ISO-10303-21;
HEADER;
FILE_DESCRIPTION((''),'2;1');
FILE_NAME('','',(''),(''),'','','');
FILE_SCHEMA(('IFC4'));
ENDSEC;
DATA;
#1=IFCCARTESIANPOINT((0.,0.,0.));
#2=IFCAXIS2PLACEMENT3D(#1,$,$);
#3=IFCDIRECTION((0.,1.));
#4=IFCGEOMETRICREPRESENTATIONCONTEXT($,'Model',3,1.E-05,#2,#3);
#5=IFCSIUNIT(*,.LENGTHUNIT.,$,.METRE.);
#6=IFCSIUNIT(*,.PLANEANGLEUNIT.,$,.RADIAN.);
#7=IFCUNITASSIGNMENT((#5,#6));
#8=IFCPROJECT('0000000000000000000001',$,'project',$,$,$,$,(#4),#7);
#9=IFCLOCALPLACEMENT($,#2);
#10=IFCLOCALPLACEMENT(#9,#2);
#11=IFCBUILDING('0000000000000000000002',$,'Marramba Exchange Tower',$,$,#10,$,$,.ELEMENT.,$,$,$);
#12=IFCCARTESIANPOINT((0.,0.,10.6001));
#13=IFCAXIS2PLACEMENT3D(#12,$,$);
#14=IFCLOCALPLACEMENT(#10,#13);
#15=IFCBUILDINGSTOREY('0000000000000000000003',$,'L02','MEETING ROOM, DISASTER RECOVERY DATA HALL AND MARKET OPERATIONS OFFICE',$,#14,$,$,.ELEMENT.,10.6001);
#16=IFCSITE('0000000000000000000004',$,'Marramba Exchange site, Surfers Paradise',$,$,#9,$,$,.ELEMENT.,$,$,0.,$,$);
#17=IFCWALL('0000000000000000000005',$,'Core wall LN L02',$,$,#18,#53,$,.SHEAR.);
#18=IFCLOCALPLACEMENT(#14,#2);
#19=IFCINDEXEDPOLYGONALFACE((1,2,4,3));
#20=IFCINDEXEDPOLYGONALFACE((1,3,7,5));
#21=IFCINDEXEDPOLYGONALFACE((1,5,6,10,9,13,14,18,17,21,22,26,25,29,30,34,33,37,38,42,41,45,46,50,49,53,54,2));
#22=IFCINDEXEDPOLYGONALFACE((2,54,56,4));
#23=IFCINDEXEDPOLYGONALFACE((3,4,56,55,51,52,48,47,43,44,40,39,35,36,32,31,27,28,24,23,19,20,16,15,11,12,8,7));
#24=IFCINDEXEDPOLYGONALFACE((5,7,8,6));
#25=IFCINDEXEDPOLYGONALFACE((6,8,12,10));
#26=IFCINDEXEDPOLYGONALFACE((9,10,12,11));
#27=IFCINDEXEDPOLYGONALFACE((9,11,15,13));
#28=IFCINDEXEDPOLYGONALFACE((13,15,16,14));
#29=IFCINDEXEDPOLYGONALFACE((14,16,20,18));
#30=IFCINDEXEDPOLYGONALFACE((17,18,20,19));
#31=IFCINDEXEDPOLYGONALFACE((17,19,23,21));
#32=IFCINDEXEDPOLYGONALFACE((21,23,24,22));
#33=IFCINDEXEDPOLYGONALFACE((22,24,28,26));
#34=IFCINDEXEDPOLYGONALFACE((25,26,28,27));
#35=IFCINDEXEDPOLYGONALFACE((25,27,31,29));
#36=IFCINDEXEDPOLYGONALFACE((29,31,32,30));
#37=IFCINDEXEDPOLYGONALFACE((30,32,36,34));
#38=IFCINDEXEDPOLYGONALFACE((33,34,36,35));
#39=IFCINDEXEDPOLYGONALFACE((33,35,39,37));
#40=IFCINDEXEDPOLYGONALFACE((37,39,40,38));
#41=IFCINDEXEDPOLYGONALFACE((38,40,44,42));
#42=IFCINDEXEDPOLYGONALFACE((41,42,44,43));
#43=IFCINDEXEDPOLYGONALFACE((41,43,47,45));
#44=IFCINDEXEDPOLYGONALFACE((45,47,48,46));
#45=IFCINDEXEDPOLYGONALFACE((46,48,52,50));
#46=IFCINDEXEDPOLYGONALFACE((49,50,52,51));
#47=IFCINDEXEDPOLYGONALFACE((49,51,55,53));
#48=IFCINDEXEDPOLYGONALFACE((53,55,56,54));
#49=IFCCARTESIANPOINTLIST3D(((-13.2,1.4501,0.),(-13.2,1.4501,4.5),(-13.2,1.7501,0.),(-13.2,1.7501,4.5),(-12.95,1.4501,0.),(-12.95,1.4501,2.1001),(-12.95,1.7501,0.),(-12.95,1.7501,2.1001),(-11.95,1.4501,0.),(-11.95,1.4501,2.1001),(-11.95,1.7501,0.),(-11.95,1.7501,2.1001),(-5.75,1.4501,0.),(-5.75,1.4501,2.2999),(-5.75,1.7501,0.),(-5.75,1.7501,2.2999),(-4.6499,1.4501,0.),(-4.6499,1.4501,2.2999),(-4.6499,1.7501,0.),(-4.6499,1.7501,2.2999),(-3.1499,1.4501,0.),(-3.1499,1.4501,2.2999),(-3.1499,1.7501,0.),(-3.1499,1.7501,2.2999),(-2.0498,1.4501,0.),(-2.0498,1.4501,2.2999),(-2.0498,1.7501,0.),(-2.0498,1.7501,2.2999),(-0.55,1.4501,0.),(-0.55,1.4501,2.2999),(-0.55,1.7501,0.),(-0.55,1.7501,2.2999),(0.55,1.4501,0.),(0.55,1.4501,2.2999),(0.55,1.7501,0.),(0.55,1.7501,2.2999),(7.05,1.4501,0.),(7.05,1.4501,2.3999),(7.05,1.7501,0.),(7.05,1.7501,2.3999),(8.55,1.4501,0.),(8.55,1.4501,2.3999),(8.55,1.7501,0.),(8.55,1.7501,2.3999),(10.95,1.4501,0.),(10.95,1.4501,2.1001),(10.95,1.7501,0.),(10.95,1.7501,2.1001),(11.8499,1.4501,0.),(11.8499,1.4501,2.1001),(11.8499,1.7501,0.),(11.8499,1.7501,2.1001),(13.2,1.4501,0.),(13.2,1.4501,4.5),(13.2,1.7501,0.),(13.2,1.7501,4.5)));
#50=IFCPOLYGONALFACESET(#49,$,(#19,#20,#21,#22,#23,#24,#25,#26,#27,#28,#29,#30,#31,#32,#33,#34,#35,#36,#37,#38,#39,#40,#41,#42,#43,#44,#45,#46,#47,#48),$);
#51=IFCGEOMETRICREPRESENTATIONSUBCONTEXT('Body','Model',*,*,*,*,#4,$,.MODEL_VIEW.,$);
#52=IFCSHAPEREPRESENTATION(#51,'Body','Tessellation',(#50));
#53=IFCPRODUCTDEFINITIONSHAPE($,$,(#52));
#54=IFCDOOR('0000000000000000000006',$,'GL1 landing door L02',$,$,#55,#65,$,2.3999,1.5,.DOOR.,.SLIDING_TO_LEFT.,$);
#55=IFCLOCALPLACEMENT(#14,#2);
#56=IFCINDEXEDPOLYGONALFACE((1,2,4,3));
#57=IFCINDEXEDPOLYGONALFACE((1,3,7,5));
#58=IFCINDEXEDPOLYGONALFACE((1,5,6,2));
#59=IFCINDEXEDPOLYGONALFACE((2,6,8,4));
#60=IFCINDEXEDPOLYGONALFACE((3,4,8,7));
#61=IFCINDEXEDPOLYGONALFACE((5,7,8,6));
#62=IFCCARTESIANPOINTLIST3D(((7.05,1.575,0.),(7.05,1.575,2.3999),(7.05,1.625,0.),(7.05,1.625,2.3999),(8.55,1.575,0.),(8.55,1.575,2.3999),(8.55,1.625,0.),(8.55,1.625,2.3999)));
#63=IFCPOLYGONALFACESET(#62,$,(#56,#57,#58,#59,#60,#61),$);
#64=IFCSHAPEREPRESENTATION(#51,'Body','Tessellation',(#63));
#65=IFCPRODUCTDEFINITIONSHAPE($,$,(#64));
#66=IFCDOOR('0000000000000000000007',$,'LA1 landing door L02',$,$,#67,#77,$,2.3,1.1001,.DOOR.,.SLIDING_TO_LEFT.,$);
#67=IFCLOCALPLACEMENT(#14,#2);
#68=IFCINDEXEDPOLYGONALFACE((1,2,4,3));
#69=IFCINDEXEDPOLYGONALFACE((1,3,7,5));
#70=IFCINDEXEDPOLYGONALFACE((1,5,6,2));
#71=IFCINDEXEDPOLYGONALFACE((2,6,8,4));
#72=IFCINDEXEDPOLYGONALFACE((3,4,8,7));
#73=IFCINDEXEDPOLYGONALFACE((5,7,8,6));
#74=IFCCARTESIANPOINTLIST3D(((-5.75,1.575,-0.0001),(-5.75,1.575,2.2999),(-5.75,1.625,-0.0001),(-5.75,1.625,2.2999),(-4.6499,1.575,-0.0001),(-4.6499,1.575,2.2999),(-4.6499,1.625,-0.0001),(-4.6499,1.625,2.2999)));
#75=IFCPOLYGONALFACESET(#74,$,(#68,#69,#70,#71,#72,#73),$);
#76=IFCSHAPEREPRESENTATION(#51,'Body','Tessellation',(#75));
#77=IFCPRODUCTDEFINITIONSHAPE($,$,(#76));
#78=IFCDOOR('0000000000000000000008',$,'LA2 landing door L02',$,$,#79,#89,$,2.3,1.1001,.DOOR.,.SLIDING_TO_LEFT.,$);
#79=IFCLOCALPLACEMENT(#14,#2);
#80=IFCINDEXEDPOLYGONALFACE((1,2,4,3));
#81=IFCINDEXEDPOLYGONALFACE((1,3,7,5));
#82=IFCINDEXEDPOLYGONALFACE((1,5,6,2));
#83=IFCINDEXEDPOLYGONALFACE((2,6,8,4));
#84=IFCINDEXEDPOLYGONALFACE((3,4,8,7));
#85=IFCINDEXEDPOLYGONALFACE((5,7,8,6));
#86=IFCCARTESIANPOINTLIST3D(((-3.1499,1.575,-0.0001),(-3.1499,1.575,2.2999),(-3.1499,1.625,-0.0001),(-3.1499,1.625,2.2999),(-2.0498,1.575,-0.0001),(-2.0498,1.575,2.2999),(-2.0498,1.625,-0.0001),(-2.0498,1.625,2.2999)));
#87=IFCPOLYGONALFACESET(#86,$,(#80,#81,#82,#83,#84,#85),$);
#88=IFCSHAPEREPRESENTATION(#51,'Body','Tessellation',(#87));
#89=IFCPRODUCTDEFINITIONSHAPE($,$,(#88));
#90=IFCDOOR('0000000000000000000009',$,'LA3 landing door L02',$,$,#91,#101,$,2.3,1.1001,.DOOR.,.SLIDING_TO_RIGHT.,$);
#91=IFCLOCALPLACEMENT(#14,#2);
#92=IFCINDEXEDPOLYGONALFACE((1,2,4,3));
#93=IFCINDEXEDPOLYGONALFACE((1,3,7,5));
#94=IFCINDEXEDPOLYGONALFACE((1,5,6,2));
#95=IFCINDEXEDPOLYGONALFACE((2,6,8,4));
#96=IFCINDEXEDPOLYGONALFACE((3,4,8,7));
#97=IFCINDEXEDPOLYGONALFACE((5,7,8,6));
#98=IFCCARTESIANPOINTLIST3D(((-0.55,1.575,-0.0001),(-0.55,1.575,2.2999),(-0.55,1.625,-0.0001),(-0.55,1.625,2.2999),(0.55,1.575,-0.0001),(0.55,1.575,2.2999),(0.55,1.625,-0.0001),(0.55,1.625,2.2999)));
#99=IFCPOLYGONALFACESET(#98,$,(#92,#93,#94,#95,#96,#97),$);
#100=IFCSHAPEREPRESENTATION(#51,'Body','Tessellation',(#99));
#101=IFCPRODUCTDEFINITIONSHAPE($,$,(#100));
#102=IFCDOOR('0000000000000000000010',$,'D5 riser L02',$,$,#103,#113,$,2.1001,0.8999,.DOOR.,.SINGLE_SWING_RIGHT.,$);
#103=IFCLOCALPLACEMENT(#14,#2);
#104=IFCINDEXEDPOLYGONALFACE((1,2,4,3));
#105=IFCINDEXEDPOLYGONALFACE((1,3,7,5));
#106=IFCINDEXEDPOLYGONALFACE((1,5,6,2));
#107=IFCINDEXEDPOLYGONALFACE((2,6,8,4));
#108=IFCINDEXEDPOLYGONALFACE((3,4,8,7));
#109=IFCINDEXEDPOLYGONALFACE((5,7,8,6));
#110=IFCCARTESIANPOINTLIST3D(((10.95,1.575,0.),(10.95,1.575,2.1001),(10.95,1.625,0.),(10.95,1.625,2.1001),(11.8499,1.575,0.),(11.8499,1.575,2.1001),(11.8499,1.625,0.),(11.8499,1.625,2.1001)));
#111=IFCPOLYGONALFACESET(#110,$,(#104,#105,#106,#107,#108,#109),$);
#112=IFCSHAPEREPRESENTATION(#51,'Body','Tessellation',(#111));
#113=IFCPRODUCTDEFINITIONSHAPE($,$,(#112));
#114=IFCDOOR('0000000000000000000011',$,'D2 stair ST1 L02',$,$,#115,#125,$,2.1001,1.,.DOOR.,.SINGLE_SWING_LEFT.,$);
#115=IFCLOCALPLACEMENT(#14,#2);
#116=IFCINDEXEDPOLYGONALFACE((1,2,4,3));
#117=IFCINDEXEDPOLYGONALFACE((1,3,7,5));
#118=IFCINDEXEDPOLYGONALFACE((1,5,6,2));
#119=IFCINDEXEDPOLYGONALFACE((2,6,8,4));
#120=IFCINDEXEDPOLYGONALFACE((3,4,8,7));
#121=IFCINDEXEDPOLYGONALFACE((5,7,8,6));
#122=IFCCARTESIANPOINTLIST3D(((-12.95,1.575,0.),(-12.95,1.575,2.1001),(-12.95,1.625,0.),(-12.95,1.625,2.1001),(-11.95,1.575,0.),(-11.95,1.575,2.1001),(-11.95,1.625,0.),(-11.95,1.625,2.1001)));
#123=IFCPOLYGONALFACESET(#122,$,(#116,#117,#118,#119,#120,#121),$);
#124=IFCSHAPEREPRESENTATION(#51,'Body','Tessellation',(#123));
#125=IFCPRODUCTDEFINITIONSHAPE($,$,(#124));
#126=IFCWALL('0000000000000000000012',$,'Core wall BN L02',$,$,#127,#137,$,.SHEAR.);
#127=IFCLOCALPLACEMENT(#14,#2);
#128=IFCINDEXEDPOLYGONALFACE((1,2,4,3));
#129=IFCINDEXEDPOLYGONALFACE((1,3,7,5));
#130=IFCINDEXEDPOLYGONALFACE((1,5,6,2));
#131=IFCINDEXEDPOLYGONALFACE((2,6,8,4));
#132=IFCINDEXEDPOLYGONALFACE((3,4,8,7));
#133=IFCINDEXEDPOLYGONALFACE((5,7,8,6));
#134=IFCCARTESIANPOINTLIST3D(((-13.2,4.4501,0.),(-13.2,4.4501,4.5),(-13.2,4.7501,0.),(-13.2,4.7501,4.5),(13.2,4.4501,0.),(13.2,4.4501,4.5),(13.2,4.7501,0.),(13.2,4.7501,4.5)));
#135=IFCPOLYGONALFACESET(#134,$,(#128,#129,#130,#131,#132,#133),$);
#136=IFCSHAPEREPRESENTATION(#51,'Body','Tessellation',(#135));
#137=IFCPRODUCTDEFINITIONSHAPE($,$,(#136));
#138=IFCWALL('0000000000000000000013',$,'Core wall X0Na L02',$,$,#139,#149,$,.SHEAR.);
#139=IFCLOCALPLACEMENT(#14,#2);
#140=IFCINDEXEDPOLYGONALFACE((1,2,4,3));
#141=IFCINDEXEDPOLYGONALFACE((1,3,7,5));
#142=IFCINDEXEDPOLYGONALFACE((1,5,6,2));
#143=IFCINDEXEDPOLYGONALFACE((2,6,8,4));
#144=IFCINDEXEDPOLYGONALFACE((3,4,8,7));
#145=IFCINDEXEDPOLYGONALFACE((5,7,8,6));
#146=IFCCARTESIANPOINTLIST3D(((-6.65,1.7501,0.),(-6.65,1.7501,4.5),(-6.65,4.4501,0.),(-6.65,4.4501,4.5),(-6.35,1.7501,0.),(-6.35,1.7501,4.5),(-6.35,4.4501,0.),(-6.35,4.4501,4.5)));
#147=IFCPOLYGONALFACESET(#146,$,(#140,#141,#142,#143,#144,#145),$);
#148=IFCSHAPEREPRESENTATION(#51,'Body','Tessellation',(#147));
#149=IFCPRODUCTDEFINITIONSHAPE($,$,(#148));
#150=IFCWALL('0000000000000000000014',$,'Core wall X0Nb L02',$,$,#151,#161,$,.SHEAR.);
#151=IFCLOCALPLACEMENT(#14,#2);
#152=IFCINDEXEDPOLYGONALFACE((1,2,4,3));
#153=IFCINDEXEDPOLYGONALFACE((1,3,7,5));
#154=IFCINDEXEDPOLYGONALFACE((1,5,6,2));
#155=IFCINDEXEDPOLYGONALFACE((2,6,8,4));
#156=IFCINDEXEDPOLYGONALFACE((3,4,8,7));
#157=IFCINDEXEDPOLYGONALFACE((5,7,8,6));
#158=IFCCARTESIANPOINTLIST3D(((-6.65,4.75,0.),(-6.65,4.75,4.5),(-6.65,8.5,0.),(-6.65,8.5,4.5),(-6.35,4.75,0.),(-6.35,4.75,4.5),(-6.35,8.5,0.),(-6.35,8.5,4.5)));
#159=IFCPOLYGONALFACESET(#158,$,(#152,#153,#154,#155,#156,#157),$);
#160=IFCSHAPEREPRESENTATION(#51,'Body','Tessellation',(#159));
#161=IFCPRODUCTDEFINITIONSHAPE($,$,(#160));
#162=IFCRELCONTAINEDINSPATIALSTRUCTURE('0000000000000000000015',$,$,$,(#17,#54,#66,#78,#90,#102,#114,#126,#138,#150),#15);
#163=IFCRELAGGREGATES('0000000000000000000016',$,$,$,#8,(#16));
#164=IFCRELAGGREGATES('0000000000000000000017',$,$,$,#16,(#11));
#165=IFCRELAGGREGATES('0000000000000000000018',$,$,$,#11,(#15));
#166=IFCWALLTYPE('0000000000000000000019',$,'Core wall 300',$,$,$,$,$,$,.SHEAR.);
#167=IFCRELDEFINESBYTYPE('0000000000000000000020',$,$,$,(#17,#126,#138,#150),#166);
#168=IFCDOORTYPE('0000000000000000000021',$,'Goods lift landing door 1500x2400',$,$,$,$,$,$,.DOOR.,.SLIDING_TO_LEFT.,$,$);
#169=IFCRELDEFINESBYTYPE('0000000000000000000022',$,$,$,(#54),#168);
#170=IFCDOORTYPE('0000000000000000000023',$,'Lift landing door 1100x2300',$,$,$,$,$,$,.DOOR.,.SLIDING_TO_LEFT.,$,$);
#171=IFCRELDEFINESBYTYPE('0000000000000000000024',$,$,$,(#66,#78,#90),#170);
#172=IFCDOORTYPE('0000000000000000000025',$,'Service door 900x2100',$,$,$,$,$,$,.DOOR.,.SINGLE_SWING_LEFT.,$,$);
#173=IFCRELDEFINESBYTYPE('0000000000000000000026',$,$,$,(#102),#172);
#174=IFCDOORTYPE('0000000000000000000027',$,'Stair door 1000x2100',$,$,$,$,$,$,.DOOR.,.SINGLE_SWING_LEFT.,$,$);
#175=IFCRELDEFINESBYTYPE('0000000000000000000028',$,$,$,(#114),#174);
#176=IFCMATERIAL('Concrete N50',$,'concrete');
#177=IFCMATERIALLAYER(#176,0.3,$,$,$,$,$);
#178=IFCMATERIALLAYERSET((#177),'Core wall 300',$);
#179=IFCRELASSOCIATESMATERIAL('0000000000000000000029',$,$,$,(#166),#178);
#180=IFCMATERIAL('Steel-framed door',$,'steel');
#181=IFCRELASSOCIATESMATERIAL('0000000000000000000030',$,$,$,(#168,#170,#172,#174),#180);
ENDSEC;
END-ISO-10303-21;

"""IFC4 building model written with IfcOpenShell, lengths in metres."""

from ifc_helpers import new_model, si_unit, direction, frame, frame_2d, origin, place, context, subcontext, project, spatial, rectangle, extrude, material, layer, layer_set, type_object, element, fill, save


model = new_model("IFC4")

# Units and contexts
model_context = context("Model", 3, precision=1e-05, world=origin(), true_north=direction((0.0, 1.0)))
body_context = subcontext(model_context, "Body", "Model", "MODEL_VIEW")
ifc_project = project(units=[si_unit("LENGTHUNIT", "METRE"), si_unit("PLANEANGLEUNIT", "RADIAN")], contexts=[model_context])

# Site, building, storey
site_placement = place(None, origin())
site = spatial("IfcSite", under=ifc_project, at=site_placement, Name="Marramba Exchange site, Surfers Paradise", CompositionType="ELEMENT", RefElevation=0.0)
building_placement = place(site_placement, origin())
building = spatial("IfcBuilding", under=site, at=building_placement, Name="Marramba Exchange Tower", CompositionType="ELEMENT")
storey_placement = place(building_placement, frame((0.0, 0.0, 10.6001)))
storey = spatial("IfcBuildingStorey", under=building, at=storey_placement, Name="L02", Description="MEETING ROOM, DISASTER RECOVERY DATA HALL AND MARKET OPERATIONS OFFICE", CompositionType="ELEMENT", Elevation=10.6001)

# Shared definitions
ifc_material_1 = material(Name="Concrete N50", Category="concrete")

# Shared definitions
ifc_material_2 = material(Name="Steel-framed door", Category="steel")

# Wall, openings, doors
ifc_layer_1 = layer(ifc_material_1, 0.3)
ifc_layer_set_1 = layer_set([ifc_layer_1], Name="Core wall 300")
wall_type_1 = type_object("IfcWallType", Name="Core wall 300", PredefinedType="SHEAR", material=ifc_layer_set_1)
wall_1_placement = place(storey_placement, frame((-13.2, 1.6001, 0.0), z_axis=(0.0, 0.0, 1.0), x_axis=(1.0, 0.0, 0.0)))
wall_1 = element("IfcWall", 1, at=wall_1_placement, inside=storey, type_object=wall_type_1, Name="Core wall LN L02", PredefinedType="SHEAR", context=body_context, shape_type="SweptSolid", body=[
    extrude(rectangle(XDim=26.3999, YDim=0.3, at=frame_2d((13.2, 0.0))), origin(), (0.0, 0.0, 1.0), 4.5),
])
opening_1_placement = place(wall_1_placement, frame((0.25, 0.0, 0.0)))
opening_1 = element("IfcOpeningElement", 2, at=opening_1_placement, cuts=wall_1, PredefinedType="OPENING", context=body_context, shape_type="SweptSolid", body=[
    extrude(rectangle(XDim=1.0, YDim=2.1001, at=frame_2d((0.5, 1.05))), frame((0.0, 0.1599, 0.0), z_axis=(0.0, -1.0, 0.0), x_axis=(1.0, 0.0, 0.0)), (0.0, 0.0, 1.0), 0.3201),
])
opening_2_placement = place(wall_1_placement, frame((20.25, 0.0, 0.0)))
opening_2 = element("IfcOpeningElement", 3, at=opening_2_placement, cuts=wall_1, PredefinedType="OPENING", context=body_context, shape_type="SweptSolid", body=[
    extrude(rectangle(XDim=1.5, YDim=2.3999, at=frame_2d((0.75, 1.2))), frame((0.0, 0.1599, 0.0), z_axis=(0.0, -1.0, 0.0), x_axis=(1.0, 0.0, 0.0)), (0.0, 0.0, 1.0), 0.3201),
])
opening_3_placement = place(wall_1_placement, frame((7.45, 0.0, 0.0)))
opening_3 = element("IfcOpeningElement", 4, at=opening_3_placement, cuts=wall_1, PredefinedType="OPENING", context=body_context, shape_type="SweptSolid", body=[
    extrude(rectangle(XDim=1.1001, YDim=2.3, at=frame_2d((0.55, 1.1499))), frame((0.0, 0.1599, 0.0), z_axis=(0.0, -1.0, 0.0), x_axis=(1.0, 0.0, 0.0)), (0.0, 0.0, 1.0), 0.3201),
])
opening_4_placement = place(wall_1_placement, frame((10.05, 0.0, 0.0)))
opening_4 = element("IfcOpeningElement", 5, at=opening_4_placement, cuts=wall_1, PredefinedType="OPENING", context=body_context, shape_type="SweptSolid", body=[
    extrude(rectangle(XDim=1.1001, YDim=2.3, at=frame_2d((0.55, 1.1499))), frame((0.0, 0.1599, 0.0), z_axis=(0.0, -1.0, 0.0), x_axis=(1.0, 0.0, 0.0)), (0.0, 0.0, 1.0), 0.3201),
])
opening_5_placement = place(wall_1_placement, frame((12.6499, 0.0, 0.0)))
opening_5 = element("IfcOpeningElement", 6, at=opening_5_placement, cuts=wall_1, PredefinedType="OPENING", context=body_context, shape_type="SweptSolid", body=[
    extrude(rectangle(XDim=1.1001, YDim=2.3, at=frame_2d((0.55, 1.1499))), frame((0.0, 0.1599, 0.0), z_axis=(0.0, -1.0, 0.0), x_axis=(1.0, 0.0, 0.0)), (0.0, 0.0, 1.0), 0.3201),
])
opening_6_placement = place(wall_1_placement, frame((24.1499, 0.0, 0.0)))
opening_6 = element("IfcOpeningElement", 7, at=opening_6_placement, cuts=wall_1, PredefinedType="OPENING", context=body_context, shape_type="SweptSolid", body=[
    extrude(rectangle(XDim=0.8999, YDim=2.1001, at=frame_2d((0.45, 1.05))), frame((0.0, 0.1599, 0.0), z_axis=(0.0, -1.0, 0.0), x_axis=(1.0, 0.0, 0.0)), (0.0, 0.0, 1.0), 0.3201),
])
door_type_1 = type_object("IfcDoorType", Name="Goods lift landing door 1500x2400", OperationType="SLIDING_TO_LEFT", PredefinedType="DOOR", material=ifc_material_2)
door_1_placement = place(opening_2_placement, origin())
door_1 = element("IfcDoor", 8, at=door_1_placement, inside=storey, type_object=door_type_1, Name="GL1 landing door L02", OperationType="SLIDING_TO_LEFT", OverallHeight=2.3999, OverallWidth=1.5, PredefinedType="DOOR", context=body_context, shape_type="SweptSolid", body=[
    extrude(rectangle(XDim=1.5, YDim=2.3999, at=frame_2d((0.75, 1.2))), frame((0.0, 0.0249, 0.0), z_axis=(0.0, -1.0, 0.0), x_axis=(1.0, 0.0, 0.0)), (0.0, 0.0, 1.0), 0.05),
])
fill(opening_2, door_1)
door_type_2 = type_object("IfcDoorType", Name="Lift landing door 1100x2300", OperationType="SLIDING_TO_LEFT", PredefinedType="DOOR", material=ifc_material_2)
door_2_placement = place(opening_3_placement, origin())
door_2 = element("IfcDoor", 9, at=door_2_placement, inside=storey, type_object=door_type_2, Name="LA1 landing door L02", OperationType="SLIDING_TO_LEFT", OverallHeight=2.3, OverallWidth=1.1001, PredefinedType="DOOR", context=body_context, shape_type="SweptSolid", body=[
    extrude(rectangle(XDim=1.1001, YDim=2.3, at=frame_2d((0.55, 1.1499))), frame((0.0, 0.0249, 0.0), z_axis=(0.0, -1.0, 0.0), x_axis=(1.0, 0.0, 0.0)), (0.0, 0.0, 1.0), 0.05),
])
fill(opening_3, door_2)
door_3_placement = place(opening_4_placement, origin())
door_3 = element("IfcDoor", 10, at=door_3_placement, inside=storey, type_object=door_type_2, Name="LA2 landing door L02", OperationType="SLIDING_TO_LEFT", OverallHeight=2.3, OverallWidth=1.1001, PredefinedType="DOOR", context=body_context, shape_type="SweptSolid", body=[
    extrude(rectangle(XDim=1.1001, YDim=2.3, at=frame_2d((0.55, 1.1499))), frame((0.0, 0.0249, 0.0), z_axis=(0.0, -1.0, 0.0), x_axis=(1.0, 0.0, 0.0)), (0.0, 0.0, 1.0), 0.05),
])
fill(opening_4, door_3)
door_4_placement = place(opening_5_placement, origin())
door_4 = element("IfcDoor", 11, at=door_4_placement, inside=storey, type_object=door_type_2, Name="LA3 landing door L02", OperationType="SLIDING_TO_RIGHT", OverallHeight=2.3, OverallWidth=1.1001, PredefinedType="DOOR", context=body_context, shape_type="SweptSolid", body=[
    extrude(rectangle(XDim=1.1001, YDim=2.3, at=frame_2d((0.55, 1.1499))), frame((0.0, 0.0249, 0.0), z_axis=(0.0, -1.0, 0.0), x_axis=(1.0, 0.0, 0.0)), (0.0, 0.0, 1.0), 0.05),
])
fill(opening_5, door_4)
door_type_3 = type_object("IfcDoorType", Name="Service door 900x2100", OperationType="SINGLE_SWING_LEFT", PredefinedType="DOOR", material=ifc_material_2)
door_5_placement = place(opening_6_placement, origin())
door_5 = element("IfcDoor", 12, at=door_5_placement, inside=storey, type_object=door_type_3, Name="D5 riser L02", OperationType="SINGLE_SWING_RIGHT", OverallHeight=2.1001, OverallWidth=0.8999, PredefinedType="DOOR", context=body_context, shape_type="SweptSolid", body=[
    extrude(rectangle(XDim=0.8999, YDim=2.1001, at=frame_2d((0.45, 1.05))), frame((0.0, 0.0249, 0.0), z_axis=(0.0, -1.0, 0.0), x_axis=(1.0, 0.0, 0.0)), (0.0, 0.0, 1.0), 0.05),
])
fill(opening_6, door_5)
door_type_4 = type_object("IfcDoorType", Name="Stair door 1000x2100", OperationType="SINGLE_SWING_LEFT", PredefinedType="DOOR", material=ifc_material_2)
door_6_placement = place(opening_1_placement, origin())
door_6 = element("IfcDoor", 13, at=door_6_placement, inside=storey, type_object=door_type_4, Name="D2 stair ST1 L02", OperationType="SINGLE_SWING_LEFT", OverallHeight=2.1001, OverallWidth=1.0, PredefinedType="DOOR", context=body_context, shape_type="SweptSolid", body=[
    extrude(rectangle(XDim=1.0, YDim=2.1001, at=frame_2d((0.5, 1.05))), frame((0.0, 0.0249, 0.0), z_axis=(0.0, -1.0, 0.0), x_axis=(1.0, 0.0, 0.0)), (0.0, 0.0, 1.0), 0.05),
])
fill(opening_1, door_6)

# Walls
wall_2_placement = place(storey_placement, frame((-13.2, 4.6001, 0.0), z_axis=(0.0, 0.0, 1.0), x_axis=(1.0, 0.0, 0.0)))
element("IfcWall", 14, at=wall_2_placement, inside=storey, type_object=wall_type_1, Name="Core wall BN L02", PredefinedType="SHEAR", context=body_context, shape_type="SweptSolid", body=[
    extrude(rectangle(XDim=26.3999, YDim=0.3, at=frame_2d((13.2, 0.0))), origin(), (0.0, 0.0, 1.0), 4.5),
])
wall_3_placement = place(storey_placement, frame((-6.5, 1.75, 0.0), z_axis=(0.0, 0.0, 1.0), x_axis=(0.0, 1.0, 0.0)))
element("IfcWall", 15, at=wall_3_placement, inside=storey, type_object=wall_type_1, Name="Core wall X0Na L02", PredefinedType="SHEAR", context=body_context, shape_type="SweptSolid", body=[
    extrude(rectangle(XDim=2.7, YDim=0.3, at=frame_2d((1.3501, 0.0))), origin(), (0.0, 0.0, 1.0), 4.5),
])
for number, where, z_axis, x_axis, name in (
    (16, (-6.5, 4.75, 0.0), (0.0, 0.0, 1.0), (0.0, 1.0, 0.0), "Core wall X0Nb L02"),
):
    element("IfcWall", number, at=place(storey_placement, frame(where, z_axis=z_axis, x_axis=x_axis)), inside=storey, type_object=wall_type_1, Name=name, PredefinedType="SHEAR", context=body_context, shape_type="SweptSolid", body=[
        extrude(rectangle(XDim=3.75, YDim=0.3, at=frame_2d((1.875, 0.0))), origin(), (0.0, 0.0, 1.0), 4.5),
    ])

save(model, "model.ifc")
